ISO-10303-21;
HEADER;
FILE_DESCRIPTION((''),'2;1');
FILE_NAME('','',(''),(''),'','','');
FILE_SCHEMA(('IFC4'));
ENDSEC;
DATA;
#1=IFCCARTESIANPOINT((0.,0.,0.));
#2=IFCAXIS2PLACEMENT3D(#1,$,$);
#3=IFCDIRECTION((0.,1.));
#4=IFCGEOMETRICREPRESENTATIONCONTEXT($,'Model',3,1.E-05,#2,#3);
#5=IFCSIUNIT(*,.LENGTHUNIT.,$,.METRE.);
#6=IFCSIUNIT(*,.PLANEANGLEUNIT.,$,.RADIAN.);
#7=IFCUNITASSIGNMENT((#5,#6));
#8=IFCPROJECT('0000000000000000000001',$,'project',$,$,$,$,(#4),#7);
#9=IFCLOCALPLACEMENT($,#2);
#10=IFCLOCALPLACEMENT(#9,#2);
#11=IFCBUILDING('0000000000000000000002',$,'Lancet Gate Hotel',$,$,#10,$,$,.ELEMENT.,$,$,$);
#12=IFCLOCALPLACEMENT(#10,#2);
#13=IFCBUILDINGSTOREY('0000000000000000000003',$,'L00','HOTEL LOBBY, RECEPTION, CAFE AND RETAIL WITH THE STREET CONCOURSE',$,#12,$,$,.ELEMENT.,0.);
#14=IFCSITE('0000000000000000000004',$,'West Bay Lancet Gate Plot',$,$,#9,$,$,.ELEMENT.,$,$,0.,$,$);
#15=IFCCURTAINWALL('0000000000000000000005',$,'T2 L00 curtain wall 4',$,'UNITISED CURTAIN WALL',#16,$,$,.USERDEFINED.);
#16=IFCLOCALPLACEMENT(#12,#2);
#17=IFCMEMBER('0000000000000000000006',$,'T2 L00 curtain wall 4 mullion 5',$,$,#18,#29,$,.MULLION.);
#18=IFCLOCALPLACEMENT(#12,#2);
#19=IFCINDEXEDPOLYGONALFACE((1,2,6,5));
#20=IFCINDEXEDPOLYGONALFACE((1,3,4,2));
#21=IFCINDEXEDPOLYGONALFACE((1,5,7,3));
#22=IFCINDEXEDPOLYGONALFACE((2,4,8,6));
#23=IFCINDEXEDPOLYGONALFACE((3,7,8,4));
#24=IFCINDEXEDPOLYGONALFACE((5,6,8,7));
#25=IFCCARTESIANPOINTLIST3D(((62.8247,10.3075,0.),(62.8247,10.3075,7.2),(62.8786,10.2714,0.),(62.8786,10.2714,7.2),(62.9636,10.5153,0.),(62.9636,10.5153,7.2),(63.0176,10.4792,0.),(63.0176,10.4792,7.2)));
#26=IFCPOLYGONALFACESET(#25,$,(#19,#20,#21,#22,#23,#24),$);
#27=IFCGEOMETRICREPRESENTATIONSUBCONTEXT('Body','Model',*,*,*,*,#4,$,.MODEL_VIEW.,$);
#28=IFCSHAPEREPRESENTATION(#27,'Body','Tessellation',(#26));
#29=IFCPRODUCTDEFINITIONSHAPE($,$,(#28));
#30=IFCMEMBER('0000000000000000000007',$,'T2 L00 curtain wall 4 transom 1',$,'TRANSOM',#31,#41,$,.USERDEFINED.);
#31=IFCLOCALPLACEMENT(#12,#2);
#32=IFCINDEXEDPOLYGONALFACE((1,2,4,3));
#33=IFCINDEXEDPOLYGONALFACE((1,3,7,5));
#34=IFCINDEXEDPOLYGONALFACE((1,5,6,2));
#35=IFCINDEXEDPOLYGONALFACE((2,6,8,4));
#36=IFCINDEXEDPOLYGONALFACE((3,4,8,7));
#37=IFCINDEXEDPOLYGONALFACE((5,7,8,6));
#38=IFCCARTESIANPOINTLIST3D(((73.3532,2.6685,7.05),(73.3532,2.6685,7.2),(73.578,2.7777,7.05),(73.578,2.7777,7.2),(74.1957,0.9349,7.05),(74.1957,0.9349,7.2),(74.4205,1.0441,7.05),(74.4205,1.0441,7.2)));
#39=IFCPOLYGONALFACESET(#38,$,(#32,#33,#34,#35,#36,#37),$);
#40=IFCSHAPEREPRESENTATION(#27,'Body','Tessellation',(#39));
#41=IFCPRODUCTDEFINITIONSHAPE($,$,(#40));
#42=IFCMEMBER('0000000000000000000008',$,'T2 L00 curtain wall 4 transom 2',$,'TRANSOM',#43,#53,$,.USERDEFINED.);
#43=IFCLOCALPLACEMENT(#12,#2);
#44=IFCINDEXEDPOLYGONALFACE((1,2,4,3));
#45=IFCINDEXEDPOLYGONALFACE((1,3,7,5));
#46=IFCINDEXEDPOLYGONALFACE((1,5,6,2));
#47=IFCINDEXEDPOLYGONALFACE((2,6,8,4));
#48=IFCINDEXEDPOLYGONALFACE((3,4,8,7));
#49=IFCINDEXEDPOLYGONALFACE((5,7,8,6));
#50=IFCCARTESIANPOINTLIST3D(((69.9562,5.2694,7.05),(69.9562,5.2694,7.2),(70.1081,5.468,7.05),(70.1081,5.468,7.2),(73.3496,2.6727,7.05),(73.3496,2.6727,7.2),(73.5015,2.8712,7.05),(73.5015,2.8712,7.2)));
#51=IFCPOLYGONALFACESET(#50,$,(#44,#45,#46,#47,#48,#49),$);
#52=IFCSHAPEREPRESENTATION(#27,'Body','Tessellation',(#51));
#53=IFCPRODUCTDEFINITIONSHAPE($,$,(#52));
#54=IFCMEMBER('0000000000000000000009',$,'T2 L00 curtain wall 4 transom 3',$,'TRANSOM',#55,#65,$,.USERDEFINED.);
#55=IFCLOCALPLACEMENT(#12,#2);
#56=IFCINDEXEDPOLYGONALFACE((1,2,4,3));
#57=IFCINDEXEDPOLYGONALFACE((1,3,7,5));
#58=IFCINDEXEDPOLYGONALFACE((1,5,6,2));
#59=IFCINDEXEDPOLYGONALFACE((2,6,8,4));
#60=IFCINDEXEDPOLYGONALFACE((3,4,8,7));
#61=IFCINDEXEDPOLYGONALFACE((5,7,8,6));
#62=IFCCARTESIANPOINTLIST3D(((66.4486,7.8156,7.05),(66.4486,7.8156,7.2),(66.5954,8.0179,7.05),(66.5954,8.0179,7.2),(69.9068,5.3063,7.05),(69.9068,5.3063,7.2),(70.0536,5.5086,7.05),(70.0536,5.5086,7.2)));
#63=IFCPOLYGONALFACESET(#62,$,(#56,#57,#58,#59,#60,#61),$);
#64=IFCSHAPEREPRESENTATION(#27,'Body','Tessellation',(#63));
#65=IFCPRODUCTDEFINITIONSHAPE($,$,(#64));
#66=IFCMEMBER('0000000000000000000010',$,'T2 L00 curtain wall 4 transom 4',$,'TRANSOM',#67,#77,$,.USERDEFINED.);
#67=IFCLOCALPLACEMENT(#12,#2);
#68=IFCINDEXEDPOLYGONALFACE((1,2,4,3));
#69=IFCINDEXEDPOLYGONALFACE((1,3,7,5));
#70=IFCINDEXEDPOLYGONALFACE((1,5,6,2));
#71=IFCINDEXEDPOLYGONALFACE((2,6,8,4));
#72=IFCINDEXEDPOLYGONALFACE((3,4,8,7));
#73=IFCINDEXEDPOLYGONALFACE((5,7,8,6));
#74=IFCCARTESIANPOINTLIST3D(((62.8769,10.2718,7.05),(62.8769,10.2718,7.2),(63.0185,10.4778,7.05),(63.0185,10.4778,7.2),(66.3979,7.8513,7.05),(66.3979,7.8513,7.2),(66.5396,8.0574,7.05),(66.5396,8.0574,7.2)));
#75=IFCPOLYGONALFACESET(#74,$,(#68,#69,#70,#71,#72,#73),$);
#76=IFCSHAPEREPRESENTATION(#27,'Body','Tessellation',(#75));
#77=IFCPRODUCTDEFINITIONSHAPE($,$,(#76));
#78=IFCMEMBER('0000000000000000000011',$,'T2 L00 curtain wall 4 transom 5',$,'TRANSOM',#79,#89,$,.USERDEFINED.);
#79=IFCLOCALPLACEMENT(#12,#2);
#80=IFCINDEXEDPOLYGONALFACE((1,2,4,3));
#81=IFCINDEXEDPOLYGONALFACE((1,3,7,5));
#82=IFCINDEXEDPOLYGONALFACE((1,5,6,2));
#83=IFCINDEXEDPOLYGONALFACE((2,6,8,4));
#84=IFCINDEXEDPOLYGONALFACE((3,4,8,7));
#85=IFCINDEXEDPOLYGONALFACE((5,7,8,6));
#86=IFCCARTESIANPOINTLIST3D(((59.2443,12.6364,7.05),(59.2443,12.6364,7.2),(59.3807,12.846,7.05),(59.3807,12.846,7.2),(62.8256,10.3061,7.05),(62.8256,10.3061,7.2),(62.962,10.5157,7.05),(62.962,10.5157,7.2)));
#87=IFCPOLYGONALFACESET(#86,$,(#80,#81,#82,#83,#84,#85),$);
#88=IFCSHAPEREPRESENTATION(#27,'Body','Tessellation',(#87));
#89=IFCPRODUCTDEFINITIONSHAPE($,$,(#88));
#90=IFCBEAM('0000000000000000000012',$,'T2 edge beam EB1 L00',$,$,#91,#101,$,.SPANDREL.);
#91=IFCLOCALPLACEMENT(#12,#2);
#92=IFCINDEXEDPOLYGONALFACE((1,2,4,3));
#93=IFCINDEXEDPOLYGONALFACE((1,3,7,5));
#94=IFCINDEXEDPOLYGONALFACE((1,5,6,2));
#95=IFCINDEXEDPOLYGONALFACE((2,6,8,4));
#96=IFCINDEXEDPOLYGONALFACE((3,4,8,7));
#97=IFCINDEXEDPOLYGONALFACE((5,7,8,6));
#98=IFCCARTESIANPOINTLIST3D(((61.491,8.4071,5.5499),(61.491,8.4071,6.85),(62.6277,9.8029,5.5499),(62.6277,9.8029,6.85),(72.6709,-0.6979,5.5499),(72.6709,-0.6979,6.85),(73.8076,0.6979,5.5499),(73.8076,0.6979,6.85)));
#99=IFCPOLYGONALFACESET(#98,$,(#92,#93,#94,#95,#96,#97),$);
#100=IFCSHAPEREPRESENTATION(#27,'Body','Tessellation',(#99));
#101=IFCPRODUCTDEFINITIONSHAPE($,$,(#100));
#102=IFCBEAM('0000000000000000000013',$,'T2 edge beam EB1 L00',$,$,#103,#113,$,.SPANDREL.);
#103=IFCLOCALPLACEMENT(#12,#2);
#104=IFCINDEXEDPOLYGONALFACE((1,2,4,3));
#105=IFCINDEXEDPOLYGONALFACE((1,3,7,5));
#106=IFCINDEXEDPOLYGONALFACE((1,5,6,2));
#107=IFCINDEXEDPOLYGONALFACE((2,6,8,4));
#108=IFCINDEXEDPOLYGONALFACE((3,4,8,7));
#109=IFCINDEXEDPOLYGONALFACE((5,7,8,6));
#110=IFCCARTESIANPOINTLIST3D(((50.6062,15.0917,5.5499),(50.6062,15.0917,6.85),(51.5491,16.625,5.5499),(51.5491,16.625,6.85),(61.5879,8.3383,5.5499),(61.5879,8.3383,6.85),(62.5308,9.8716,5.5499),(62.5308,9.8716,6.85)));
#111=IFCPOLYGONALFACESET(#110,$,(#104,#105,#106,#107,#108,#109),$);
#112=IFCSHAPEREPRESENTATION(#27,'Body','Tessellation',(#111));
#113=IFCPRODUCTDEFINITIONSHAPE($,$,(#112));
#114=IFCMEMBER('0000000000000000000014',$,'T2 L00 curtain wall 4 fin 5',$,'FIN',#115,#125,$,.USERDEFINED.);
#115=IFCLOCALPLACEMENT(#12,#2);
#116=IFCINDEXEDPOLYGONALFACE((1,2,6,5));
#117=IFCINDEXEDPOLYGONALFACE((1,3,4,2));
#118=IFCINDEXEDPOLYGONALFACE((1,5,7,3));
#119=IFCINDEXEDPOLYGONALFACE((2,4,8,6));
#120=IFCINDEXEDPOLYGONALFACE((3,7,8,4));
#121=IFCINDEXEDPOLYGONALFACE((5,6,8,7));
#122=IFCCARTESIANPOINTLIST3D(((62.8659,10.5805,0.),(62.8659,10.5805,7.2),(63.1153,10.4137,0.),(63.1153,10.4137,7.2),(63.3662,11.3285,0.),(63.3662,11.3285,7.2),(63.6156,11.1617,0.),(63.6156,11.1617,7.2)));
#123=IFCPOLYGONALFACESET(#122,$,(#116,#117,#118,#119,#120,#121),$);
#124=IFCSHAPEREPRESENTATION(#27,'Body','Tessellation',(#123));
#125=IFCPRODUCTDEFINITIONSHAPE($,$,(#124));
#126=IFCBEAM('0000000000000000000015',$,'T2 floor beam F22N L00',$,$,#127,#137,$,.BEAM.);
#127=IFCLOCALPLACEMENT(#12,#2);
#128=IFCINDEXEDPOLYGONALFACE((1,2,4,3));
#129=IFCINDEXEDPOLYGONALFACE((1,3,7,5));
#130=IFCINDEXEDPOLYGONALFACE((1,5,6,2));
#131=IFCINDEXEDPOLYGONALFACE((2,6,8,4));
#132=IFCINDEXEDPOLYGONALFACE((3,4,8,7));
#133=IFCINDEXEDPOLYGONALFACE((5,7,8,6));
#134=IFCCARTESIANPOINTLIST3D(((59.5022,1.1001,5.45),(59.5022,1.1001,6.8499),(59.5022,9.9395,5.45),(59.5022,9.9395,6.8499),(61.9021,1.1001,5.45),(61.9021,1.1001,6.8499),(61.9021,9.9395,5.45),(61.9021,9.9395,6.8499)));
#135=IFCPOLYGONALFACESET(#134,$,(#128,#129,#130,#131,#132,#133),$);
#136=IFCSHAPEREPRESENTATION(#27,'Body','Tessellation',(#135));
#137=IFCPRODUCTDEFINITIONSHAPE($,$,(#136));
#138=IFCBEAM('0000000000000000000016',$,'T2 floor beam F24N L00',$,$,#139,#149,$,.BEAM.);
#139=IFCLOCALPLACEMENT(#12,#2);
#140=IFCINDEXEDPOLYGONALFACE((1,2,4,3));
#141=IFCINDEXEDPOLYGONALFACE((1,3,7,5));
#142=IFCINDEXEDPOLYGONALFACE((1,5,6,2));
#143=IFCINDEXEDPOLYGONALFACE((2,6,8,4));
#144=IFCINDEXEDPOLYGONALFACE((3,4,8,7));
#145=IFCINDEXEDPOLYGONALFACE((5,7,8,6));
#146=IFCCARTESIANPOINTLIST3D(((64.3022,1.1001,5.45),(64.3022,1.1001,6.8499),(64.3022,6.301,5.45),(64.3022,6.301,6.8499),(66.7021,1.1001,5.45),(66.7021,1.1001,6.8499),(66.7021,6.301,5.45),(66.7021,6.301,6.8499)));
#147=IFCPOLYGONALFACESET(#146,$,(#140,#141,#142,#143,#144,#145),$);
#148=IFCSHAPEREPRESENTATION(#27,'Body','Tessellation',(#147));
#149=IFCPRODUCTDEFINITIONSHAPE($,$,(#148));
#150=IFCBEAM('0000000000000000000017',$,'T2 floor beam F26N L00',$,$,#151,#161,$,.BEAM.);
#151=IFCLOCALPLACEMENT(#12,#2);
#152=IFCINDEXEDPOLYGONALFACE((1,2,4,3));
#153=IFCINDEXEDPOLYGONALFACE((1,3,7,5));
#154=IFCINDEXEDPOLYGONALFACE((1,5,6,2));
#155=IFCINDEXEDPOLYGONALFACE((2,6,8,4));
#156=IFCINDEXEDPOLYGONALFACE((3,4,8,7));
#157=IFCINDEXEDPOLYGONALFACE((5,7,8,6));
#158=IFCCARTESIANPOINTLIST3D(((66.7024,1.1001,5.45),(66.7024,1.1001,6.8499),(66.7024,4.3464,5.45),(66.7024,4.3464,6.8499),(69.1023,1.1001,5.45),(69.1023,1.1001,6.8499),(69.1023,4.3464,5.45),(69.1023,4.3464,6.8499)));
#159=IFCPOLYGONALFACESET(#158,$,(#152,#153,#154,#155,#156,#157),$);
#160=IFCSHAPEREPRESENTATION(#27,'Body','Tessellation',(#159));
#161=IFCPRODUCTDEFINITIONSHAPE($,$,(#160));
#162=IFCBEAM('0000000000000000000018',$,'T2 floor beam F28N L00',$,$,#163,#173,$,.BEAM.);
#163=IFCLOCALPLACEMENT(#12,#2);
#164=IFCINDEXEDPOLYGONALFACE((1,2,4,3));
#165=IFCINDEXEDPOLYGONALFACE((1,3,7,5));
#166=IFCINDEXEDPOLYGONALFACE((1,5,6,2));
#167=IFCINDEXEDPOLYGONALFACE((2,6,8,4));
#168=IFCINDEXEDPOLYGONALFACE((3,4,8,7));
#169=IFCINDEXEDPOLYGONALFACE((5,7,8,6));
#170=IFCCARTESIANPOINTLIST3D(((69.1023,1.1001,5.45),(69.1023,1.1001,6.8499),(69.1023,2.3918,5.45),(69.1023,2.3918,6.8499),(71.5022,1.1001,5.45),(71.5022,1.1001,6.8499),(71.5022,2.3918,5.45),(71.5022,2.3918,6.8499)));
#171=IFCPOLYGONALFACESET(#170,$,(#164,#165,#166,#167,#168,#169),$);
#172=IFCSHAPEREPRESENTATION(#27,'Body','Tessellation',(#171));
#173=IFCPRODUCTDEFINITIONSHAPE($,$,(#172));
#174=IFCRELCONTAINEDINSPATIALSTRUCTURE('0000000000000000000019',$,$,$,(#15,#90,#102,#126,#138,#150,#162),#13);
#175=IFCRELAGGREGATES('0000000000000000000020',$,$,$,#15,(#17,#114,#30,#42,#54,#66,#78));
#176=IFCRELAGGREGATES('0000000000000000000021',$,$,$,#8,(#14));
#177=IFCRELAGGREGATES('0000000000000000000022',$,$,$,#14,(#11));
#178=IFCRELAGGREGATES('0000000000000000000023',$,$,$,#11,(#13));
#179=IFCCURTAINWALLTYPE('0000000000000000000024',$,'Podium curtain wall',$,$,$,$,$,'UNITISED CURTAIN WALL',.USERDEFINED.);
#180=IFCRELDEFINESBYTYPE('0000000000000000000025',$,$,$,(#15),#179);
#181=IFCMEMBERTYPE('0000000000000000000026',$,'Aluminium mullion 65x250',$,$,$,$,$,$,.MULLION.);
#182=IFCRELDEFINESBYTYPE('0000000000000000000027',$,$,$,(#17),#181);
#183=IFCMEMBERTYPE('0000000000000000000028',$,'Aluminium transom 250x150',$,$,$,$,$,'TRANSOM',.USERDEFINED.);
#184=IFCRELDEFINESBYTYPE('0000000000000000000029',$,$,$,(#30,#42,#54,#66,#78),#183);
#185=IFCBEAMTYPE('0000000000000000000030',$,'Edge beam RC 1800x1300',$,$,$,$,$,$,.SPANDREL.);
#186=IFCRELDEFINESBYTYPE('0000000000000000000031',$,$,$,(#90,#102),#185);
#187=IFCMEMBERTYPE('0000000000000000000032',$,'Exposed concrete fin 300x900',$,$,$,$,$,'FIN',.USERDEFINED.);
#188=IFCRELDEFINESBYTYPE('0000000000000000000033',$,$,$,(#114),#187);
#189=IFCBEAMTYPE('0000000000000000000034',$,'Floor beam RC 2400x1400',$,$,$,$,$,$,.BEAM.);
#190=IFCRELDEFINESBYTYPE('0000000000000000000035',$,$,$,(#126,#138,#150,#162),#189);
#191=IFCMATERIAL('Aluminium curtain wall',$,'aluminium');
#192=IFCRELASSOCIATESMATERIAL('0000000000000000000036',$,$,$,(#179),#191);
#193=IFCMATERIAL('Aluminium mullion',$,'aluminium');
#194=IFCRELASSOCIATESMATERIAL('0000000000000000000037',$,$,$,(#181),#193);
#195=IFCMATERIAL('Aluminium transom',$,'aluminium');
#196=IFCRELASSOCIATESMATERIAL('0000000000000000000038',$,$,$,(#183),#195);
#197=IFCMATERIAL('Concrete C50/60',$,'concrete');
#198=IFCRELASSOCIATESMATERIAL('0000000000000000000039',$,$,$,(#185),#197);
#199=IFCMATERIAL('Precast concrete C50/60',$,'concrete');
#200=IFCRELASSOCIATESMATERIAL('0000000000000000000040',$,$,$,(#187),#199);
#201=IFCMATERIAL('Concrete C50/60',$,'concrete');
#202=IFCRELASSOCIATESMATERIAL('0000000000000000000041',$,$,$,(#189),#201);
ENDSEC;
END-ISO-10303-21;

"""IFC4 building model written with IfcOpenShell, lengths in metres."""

from ifc_helpers import new_model, si_unit, direction, frame, origin, origin_2d, place, context, subcontext, project, spatial, rectangle, extrude, material, material_profile, profile_set, type_object, element, aggregate, save


model = new_model("IFC4")

# Units and contexts
model_context = context("Model", 3, precision=1e-05, world=origin(), true_north=direction((0.0, 1.0)))
body_context = subcontext(model_context, "Body", "Model", "MODEL_VIEW")
ifc_project = project(units=[si_unit("LENGTHUNIT", "METRE"), si_unit("PLANEANGLEUNIT", "RADIAN")], contexts=[model_context])

# Site, building, storey
site_placement = place(None, origin())
site = spatial("IfcSite", under=ifc_project, at=site_placement, Name="West Bay Lancet Gate Plot", CompositionType="ELEMENT", RefElevation=0.0)
building_placement = place(site_placement, origin())
building = spatial("IfcBuilding", under=site, at=building_placement, Name="Lancet Gate Hotel", CompositionType="ELEMENT")
storey_placement = place(building_placement, origin())
storey = spatial("IfcBuildingStorey", under=building, at=storey_placement, Name="L00", Description="HOTEL LOBBY, RECEPTION, CAFE AND RETAIL WITH THE STREET CONCOURSE", CompositionType="ELEMENT", Elevation=0.0)

# Shared definitions
ifc_material_1 = material(Name="Aluminium curtain wall", Category="aluminium")
curtain_wall_type = type_object("IfcCurtainWallType", Name="Podium curtain wall", ElementType="UNITISED CURTAIN WALL", PredefinedType="USERDEFINED", material=ifc_material_1)
ifc_material_2 = material(Name="Aluminium mullion", Category="aluminium")
ifc_material_profile_1 = material_profile(ifc_material_2, rectangle(XDim=0.0649, YDim=0.25, at=origin_2d()), Name="MULLION 65x250")
ifc_profile_set_1 = profile_set([ifc_material_profile_1], Name="Aluminium mullion")
member_type_1 = type_object("IfcMemberType", Name="Aluminium mullion 65x250", PredefinedType="MULLION", material=ifc_profile_set_1)

# Curtain wall, members
curtain_wall_1_placement = place(storey_placement, origin())
curtain_wall_1 = element("IfcCurtainWall", 1, at=curtain_wall_1_placement, inside=storey, type_object=curtain_wall_type, Name="T2 L00 curtain wall 4", ObjectType="UNITISED CURTAIN WALL", PredefinedType="USERDEFINED")
member_1_placement = place(storey_placement, frame((62.9211, 10.3933, 0.0), z_axis=(0.0, 0.0, 1.0), x_axis=(-0.831198, 0.555976, 0.0)))
member_1 = element("IfcMember", 2, at=member_1_placement, type_object=member_type_1, Name="T2 L00 curtain wall 4 mullion 5", PredefinedType="MULLION", context=body_context, shape_type="SweptSolid", body=[
    extrude(rectangle(XDim=0.0649, YDim=0.25, at=origin_2d()), origin(), (0.0, 0.0, 1.0), 7.2),
])
ifc_material_3 = material(Name="Aluminium transom", Category="aluminium")
ifc_material_profile_2 = material_profile(ifc_material_3, rectangle(XDim=0.25, YDim=0.1499, at=origin_2d()), Name="TRANSOM 250x150")
ifc_profile_set_2 = profile_set([ifc_material_profile_2], Name="Aluminium transom")
member_type_2 = type_object("IfcMemberType", Name="Aluminium transom 250x150", ElementType="TRANSOM", PredefinedType="USERDEFINED", material=ifc_profile_set_2)
member_2_placement = place(storey_placement, frame((74.3081, 0.9895, 7.125), z_axis=(-0.437103, 0.899411, 0.0), x_axis=(-0.899411, -0.437103, 0.0)))
member_2 = element("IfcMember", 3, at=member_2_placement, type_object=member_type_2, Name="T2 L00 curtain wall 4 transom 1", ObjectType="TRANSOM", PredefinedType="USERDEFINED", context=body_context, shape_type="SweptSolid", body=[
    extrude(rectangle(XDim=0.25, YDim=0.1499, at=origin_2d()), origin(), (0.0, 0.0, 1.0), 1.9275),
])
member_3_placement = place(storey_placement, frame((73.4255, 2.772, 7.125), z_axis=(-0.794155, 0.607715, 0.0), x_axis=(-0.607715, -0.794155, 0.0)))
member_3 = element("IfcMember", 4, at=member_3_placement, type_object=member_type_2, Name="T2 L00 curtain wall 4 transom 2", ObjectType="TRANSOM", PredefinedType="USERDEFINED", context=body_context, shape_type="SweptSolid", body=[
    extrude(rectangle(XDim=0.25, YDim=0.1499, at=origin_2d()), origin(), (0.0, 0.0, 1.0), 4.2729),
])
member_4_placement = place(storey_placement, frame((69.9802, 5.4075, 7.125), z_axis=(-0.809383, 0.587281, 0.0), x_axis=(-0.587281, -0.809383, 0.0)))
member_4 = element("IfcMember", 5, at=member_4_placement, type_object=member_type_2, Name="T2 L00 curtain wall 4 transom 3", ObjectType="TRANSOM", PredefinedType="USERDEFINED", context=body_context, shape_type="SweptSolid", body=[
    extrude(rectangle(XDim=0.25, YDim=0.1499, at=origin_2d()), origin(), (0.0, 0.0, 1.0), 4.2727),
])
member_5_placement = place(storey_placement, frame((66.4688, 7.9543, 7.125), z_axis=(-0.824072, 0.566485, 0.0), x_axis=(-0.566485, -0.824072, 0.0)))
member_5 = element("IfcMember", 6, at=member_5_placement, type_object=member_type_2, Name="T2 L00 curtain wall 4 transom 4", ObjectType="TRANSOM", PredefinedType="USERDEFINED", context=body_context, shape_type="SweptSolid", body=[
    extrude(rectangle(XDim=0.25, YDim=0.1499, at=origin_2d()), origin(), (0.0, 0.0, 1.0), 4.2727),
])
member_6_placement = place(storey_placement, frame((62.8938, 10.4109, 7.125), z_axis=(-0.838179, 0.545396, 0.0), x_axis=(-0.545396, -0.838179, 0.0)))
member_6 = element("IfcMember", 7, at=member_6_placement, type_object=member_type_2, Name="T2 L00 curtain wall 4 transom 5", ObjectType="TRANSOM", PredefinedType="USERDEFINED", context=body_context, shape_type="SweptSolid", body=[
    extrude(rectangle(XDim=0.25, YDim=0.1499, at=origin_2d()), origin(), (0.0, 0.0, 1.0), 4.2727),
])

# Beams
ifc_material_4 = material(Name="Concrete C50/60", Category="concrete")
ifc_material_profile_3 = material_profile(ifc_material_4, rectangle(XDim=1.8, YDim=1.3, at=origin_2d()), Name="RC 1800x1300")
ifc_profile_set_3 = profile_set([ifc_material_profile_3], Name="Concrete C50/60")
beam_type_1 = type_object("IfcBeamType", Name="Edge beam RC 1800x1300", PredefinedType="SPANDREL", material=ifc_profile_set_3)
beam_1_placement = place(storey_placement, frame((73.2393, 0.0, 6.2), z_axis=(-0.775391, 0.631481, 0.0), x_axis=(-0.631481, -0.775391, 0.0)))
element("IfcBeam", 8, at=beam_1_placement, inside=storey, type_object=beam_type_1, Name="T2 edge beam EB1 L00", PredefinedType="SPANDREL", context=body_context, shape_type="SweptSolid", body=[
    extrude(rectangle(XDim=1.8, YDim=1.3, at=origin_2d()), origin(), (0.0, 0.0, 1.0), 14.4185),
])
beam_2_placement = place(storey_placement, frame((62.0593, 9.105, 6.2), z_axis=(-0.851816, 0.523842, 0.0), x_axis=(-0.523842, -0.851816, 0.0)))
element("IfcBeam", 9, at=beam_2_placement, inside=storey, type_object=beam_type_1, Name="T2 edge beam EB1 L00", PredefinedType="SPANDREL", context=body_context, shape_type="SweptSolid", body=[
    extrude(rectangle(XDim=1.8, YDim=1.3, at=origin_2d()), origin(), (0.0, 0.0, 1.0), 12.8921),
])

# Member
ifc_material_5 = material(Name="Precast concrete C50/60", Category="concrete")
ifc_material_profile_4 = material_profile(ifc_material_5, rectangle(XDim=0.3, YDim=0.8999, at=origin_2d()), Name="FIN 300x900")
ifc_profile_set_4 = profile_set([ifc_material_profile_4], Name="Precast concrete C50/60")
member_type_3 = type_object("IfcMemberType", Name="Exposed concrete fin 300x900", ElementType="FIN", PredefinedType="USERDEFINED", material=ifc_profile_set_4)
member_7_placement = place(storey_placement, frame((63.2407, 10.8711, 0.0), z_axis=(0.0, 0.0, 1.0), x_axis=(-0.831198, 0.555976, 0.0)))
member_7 = element("IfcMember", 10, at=member_7_placement, type_object=member_type_3, Name="T2 L00 curtain wall 4 fin 5", ObjectType="FIN", PredefinedType="USERDEFINED", context=body_context, shape_type="SweptSolid", body=[
    extrude(rectangle(XDim=0.3, YDim=0.8999, at=origin_2d()), origin(), (0.0, 0.0, 1.0), 7.2),
])

# Beams
ifc_material_6 = material(Name="Concrete C50/60", Category="concrete")
ifc_material_profile_5 = material_profile(ifc_material_6, rectangle(XDim=2.3999, YDim=1.3999, at=origin_2d()), Name="RC 2400x1400")
ifc_profile_set_5 = profile_set([ifc_material_profile_5], Name="Concrete C50/60")
beam_type_2 = type_object("IfcBeamType", Name="Floor beam RC 2400x1400", PredefinedType="BEAM", material=ifc_profile_set_5)
beam_3_placement = place(storey_placement, frame((60.7021, 1.1001, 6.1499), z_axis=(0.0, 1.0, 0.0), x_axis=(-1.0, 0.0, 0.0)))
element("IfcBeam", 11, at=beam_3_placement, inside=storey, type_object=beam_type_2, Name="T2 floor beam F22N L00", PredefinedType="BEAM", context=body_context, shape_type="SweptSolid", body=[
    extrude(rectangle(XDim=2.3999, YDim=1.3999, at=origin_2d()), origin(), (0.0, 0.0, 1.0), 8.8394),
])
beam_4_placement = place(storey_placement, frame((65.5022, 1.1001, 6.1499), z_axis=(0.0, 1.0, 0.0), x_axis=(-1.0, 0.0, 0.0)))
element("IfcBeam", 12, at=beam_4_placement, inside=storey, type_object=beam_type_2, Name="T2 floor beam F24N L00", PredefinedType="BEAM", context=body_context, shape_type="SweptSolid", body=[
    extrude(rectangle(XDim=2.3999, YDim=1.3999, at=origin_2d()), origin(), (0.0, 0.0, 1.0), 5.2009),
])
beam_5_placement = place(storey_placement, frame((67.9023, 1.1001, 6.1499), z_axis=(0.0, 1.0, 0.0), x_axis=(-1.0, 0.0, 0.0)))
element("IfcBeam", 13, at=beam_5_placement, inside=storey, type_object=beam_type_2, Name="T2 floor beam F26N L00", PredefinedType="BEAM", context=body_context, shape_type="SweptSolid", body=[
    extrude(rectangle(XDim=2.3999, YDim=1.3999, at=origin_2d()), origin(), (0.0, 0.0, 1.0), 3.2463),
])
beam_6_placement = place(storey_placement, frame((70.3022, 1.1001, 6.1499), z_axis=(0.0, 1.0, 0.0), x_axis=(-1.0, 0.0, 0.0)))
element("IfcBeam", 14, at=beam_6_placement, inside=storey, type_object=beam_type_2, Name="T2 floor beam F28N L00", PredefinedType="BEAM", context=body_context, shape_type="SweptSolid", body=[
    extrude(rectangle(XDim=2.3999, YDim=1.3999, at=origin_2d()), origin(), (0.0, 0.0, 1.0), 1.2917),
])

aggregate(curtain_wall_1, [member_1, member_7, member_2, member_3, member_4, member_5, member_6])

save(model, "model.ifc")
